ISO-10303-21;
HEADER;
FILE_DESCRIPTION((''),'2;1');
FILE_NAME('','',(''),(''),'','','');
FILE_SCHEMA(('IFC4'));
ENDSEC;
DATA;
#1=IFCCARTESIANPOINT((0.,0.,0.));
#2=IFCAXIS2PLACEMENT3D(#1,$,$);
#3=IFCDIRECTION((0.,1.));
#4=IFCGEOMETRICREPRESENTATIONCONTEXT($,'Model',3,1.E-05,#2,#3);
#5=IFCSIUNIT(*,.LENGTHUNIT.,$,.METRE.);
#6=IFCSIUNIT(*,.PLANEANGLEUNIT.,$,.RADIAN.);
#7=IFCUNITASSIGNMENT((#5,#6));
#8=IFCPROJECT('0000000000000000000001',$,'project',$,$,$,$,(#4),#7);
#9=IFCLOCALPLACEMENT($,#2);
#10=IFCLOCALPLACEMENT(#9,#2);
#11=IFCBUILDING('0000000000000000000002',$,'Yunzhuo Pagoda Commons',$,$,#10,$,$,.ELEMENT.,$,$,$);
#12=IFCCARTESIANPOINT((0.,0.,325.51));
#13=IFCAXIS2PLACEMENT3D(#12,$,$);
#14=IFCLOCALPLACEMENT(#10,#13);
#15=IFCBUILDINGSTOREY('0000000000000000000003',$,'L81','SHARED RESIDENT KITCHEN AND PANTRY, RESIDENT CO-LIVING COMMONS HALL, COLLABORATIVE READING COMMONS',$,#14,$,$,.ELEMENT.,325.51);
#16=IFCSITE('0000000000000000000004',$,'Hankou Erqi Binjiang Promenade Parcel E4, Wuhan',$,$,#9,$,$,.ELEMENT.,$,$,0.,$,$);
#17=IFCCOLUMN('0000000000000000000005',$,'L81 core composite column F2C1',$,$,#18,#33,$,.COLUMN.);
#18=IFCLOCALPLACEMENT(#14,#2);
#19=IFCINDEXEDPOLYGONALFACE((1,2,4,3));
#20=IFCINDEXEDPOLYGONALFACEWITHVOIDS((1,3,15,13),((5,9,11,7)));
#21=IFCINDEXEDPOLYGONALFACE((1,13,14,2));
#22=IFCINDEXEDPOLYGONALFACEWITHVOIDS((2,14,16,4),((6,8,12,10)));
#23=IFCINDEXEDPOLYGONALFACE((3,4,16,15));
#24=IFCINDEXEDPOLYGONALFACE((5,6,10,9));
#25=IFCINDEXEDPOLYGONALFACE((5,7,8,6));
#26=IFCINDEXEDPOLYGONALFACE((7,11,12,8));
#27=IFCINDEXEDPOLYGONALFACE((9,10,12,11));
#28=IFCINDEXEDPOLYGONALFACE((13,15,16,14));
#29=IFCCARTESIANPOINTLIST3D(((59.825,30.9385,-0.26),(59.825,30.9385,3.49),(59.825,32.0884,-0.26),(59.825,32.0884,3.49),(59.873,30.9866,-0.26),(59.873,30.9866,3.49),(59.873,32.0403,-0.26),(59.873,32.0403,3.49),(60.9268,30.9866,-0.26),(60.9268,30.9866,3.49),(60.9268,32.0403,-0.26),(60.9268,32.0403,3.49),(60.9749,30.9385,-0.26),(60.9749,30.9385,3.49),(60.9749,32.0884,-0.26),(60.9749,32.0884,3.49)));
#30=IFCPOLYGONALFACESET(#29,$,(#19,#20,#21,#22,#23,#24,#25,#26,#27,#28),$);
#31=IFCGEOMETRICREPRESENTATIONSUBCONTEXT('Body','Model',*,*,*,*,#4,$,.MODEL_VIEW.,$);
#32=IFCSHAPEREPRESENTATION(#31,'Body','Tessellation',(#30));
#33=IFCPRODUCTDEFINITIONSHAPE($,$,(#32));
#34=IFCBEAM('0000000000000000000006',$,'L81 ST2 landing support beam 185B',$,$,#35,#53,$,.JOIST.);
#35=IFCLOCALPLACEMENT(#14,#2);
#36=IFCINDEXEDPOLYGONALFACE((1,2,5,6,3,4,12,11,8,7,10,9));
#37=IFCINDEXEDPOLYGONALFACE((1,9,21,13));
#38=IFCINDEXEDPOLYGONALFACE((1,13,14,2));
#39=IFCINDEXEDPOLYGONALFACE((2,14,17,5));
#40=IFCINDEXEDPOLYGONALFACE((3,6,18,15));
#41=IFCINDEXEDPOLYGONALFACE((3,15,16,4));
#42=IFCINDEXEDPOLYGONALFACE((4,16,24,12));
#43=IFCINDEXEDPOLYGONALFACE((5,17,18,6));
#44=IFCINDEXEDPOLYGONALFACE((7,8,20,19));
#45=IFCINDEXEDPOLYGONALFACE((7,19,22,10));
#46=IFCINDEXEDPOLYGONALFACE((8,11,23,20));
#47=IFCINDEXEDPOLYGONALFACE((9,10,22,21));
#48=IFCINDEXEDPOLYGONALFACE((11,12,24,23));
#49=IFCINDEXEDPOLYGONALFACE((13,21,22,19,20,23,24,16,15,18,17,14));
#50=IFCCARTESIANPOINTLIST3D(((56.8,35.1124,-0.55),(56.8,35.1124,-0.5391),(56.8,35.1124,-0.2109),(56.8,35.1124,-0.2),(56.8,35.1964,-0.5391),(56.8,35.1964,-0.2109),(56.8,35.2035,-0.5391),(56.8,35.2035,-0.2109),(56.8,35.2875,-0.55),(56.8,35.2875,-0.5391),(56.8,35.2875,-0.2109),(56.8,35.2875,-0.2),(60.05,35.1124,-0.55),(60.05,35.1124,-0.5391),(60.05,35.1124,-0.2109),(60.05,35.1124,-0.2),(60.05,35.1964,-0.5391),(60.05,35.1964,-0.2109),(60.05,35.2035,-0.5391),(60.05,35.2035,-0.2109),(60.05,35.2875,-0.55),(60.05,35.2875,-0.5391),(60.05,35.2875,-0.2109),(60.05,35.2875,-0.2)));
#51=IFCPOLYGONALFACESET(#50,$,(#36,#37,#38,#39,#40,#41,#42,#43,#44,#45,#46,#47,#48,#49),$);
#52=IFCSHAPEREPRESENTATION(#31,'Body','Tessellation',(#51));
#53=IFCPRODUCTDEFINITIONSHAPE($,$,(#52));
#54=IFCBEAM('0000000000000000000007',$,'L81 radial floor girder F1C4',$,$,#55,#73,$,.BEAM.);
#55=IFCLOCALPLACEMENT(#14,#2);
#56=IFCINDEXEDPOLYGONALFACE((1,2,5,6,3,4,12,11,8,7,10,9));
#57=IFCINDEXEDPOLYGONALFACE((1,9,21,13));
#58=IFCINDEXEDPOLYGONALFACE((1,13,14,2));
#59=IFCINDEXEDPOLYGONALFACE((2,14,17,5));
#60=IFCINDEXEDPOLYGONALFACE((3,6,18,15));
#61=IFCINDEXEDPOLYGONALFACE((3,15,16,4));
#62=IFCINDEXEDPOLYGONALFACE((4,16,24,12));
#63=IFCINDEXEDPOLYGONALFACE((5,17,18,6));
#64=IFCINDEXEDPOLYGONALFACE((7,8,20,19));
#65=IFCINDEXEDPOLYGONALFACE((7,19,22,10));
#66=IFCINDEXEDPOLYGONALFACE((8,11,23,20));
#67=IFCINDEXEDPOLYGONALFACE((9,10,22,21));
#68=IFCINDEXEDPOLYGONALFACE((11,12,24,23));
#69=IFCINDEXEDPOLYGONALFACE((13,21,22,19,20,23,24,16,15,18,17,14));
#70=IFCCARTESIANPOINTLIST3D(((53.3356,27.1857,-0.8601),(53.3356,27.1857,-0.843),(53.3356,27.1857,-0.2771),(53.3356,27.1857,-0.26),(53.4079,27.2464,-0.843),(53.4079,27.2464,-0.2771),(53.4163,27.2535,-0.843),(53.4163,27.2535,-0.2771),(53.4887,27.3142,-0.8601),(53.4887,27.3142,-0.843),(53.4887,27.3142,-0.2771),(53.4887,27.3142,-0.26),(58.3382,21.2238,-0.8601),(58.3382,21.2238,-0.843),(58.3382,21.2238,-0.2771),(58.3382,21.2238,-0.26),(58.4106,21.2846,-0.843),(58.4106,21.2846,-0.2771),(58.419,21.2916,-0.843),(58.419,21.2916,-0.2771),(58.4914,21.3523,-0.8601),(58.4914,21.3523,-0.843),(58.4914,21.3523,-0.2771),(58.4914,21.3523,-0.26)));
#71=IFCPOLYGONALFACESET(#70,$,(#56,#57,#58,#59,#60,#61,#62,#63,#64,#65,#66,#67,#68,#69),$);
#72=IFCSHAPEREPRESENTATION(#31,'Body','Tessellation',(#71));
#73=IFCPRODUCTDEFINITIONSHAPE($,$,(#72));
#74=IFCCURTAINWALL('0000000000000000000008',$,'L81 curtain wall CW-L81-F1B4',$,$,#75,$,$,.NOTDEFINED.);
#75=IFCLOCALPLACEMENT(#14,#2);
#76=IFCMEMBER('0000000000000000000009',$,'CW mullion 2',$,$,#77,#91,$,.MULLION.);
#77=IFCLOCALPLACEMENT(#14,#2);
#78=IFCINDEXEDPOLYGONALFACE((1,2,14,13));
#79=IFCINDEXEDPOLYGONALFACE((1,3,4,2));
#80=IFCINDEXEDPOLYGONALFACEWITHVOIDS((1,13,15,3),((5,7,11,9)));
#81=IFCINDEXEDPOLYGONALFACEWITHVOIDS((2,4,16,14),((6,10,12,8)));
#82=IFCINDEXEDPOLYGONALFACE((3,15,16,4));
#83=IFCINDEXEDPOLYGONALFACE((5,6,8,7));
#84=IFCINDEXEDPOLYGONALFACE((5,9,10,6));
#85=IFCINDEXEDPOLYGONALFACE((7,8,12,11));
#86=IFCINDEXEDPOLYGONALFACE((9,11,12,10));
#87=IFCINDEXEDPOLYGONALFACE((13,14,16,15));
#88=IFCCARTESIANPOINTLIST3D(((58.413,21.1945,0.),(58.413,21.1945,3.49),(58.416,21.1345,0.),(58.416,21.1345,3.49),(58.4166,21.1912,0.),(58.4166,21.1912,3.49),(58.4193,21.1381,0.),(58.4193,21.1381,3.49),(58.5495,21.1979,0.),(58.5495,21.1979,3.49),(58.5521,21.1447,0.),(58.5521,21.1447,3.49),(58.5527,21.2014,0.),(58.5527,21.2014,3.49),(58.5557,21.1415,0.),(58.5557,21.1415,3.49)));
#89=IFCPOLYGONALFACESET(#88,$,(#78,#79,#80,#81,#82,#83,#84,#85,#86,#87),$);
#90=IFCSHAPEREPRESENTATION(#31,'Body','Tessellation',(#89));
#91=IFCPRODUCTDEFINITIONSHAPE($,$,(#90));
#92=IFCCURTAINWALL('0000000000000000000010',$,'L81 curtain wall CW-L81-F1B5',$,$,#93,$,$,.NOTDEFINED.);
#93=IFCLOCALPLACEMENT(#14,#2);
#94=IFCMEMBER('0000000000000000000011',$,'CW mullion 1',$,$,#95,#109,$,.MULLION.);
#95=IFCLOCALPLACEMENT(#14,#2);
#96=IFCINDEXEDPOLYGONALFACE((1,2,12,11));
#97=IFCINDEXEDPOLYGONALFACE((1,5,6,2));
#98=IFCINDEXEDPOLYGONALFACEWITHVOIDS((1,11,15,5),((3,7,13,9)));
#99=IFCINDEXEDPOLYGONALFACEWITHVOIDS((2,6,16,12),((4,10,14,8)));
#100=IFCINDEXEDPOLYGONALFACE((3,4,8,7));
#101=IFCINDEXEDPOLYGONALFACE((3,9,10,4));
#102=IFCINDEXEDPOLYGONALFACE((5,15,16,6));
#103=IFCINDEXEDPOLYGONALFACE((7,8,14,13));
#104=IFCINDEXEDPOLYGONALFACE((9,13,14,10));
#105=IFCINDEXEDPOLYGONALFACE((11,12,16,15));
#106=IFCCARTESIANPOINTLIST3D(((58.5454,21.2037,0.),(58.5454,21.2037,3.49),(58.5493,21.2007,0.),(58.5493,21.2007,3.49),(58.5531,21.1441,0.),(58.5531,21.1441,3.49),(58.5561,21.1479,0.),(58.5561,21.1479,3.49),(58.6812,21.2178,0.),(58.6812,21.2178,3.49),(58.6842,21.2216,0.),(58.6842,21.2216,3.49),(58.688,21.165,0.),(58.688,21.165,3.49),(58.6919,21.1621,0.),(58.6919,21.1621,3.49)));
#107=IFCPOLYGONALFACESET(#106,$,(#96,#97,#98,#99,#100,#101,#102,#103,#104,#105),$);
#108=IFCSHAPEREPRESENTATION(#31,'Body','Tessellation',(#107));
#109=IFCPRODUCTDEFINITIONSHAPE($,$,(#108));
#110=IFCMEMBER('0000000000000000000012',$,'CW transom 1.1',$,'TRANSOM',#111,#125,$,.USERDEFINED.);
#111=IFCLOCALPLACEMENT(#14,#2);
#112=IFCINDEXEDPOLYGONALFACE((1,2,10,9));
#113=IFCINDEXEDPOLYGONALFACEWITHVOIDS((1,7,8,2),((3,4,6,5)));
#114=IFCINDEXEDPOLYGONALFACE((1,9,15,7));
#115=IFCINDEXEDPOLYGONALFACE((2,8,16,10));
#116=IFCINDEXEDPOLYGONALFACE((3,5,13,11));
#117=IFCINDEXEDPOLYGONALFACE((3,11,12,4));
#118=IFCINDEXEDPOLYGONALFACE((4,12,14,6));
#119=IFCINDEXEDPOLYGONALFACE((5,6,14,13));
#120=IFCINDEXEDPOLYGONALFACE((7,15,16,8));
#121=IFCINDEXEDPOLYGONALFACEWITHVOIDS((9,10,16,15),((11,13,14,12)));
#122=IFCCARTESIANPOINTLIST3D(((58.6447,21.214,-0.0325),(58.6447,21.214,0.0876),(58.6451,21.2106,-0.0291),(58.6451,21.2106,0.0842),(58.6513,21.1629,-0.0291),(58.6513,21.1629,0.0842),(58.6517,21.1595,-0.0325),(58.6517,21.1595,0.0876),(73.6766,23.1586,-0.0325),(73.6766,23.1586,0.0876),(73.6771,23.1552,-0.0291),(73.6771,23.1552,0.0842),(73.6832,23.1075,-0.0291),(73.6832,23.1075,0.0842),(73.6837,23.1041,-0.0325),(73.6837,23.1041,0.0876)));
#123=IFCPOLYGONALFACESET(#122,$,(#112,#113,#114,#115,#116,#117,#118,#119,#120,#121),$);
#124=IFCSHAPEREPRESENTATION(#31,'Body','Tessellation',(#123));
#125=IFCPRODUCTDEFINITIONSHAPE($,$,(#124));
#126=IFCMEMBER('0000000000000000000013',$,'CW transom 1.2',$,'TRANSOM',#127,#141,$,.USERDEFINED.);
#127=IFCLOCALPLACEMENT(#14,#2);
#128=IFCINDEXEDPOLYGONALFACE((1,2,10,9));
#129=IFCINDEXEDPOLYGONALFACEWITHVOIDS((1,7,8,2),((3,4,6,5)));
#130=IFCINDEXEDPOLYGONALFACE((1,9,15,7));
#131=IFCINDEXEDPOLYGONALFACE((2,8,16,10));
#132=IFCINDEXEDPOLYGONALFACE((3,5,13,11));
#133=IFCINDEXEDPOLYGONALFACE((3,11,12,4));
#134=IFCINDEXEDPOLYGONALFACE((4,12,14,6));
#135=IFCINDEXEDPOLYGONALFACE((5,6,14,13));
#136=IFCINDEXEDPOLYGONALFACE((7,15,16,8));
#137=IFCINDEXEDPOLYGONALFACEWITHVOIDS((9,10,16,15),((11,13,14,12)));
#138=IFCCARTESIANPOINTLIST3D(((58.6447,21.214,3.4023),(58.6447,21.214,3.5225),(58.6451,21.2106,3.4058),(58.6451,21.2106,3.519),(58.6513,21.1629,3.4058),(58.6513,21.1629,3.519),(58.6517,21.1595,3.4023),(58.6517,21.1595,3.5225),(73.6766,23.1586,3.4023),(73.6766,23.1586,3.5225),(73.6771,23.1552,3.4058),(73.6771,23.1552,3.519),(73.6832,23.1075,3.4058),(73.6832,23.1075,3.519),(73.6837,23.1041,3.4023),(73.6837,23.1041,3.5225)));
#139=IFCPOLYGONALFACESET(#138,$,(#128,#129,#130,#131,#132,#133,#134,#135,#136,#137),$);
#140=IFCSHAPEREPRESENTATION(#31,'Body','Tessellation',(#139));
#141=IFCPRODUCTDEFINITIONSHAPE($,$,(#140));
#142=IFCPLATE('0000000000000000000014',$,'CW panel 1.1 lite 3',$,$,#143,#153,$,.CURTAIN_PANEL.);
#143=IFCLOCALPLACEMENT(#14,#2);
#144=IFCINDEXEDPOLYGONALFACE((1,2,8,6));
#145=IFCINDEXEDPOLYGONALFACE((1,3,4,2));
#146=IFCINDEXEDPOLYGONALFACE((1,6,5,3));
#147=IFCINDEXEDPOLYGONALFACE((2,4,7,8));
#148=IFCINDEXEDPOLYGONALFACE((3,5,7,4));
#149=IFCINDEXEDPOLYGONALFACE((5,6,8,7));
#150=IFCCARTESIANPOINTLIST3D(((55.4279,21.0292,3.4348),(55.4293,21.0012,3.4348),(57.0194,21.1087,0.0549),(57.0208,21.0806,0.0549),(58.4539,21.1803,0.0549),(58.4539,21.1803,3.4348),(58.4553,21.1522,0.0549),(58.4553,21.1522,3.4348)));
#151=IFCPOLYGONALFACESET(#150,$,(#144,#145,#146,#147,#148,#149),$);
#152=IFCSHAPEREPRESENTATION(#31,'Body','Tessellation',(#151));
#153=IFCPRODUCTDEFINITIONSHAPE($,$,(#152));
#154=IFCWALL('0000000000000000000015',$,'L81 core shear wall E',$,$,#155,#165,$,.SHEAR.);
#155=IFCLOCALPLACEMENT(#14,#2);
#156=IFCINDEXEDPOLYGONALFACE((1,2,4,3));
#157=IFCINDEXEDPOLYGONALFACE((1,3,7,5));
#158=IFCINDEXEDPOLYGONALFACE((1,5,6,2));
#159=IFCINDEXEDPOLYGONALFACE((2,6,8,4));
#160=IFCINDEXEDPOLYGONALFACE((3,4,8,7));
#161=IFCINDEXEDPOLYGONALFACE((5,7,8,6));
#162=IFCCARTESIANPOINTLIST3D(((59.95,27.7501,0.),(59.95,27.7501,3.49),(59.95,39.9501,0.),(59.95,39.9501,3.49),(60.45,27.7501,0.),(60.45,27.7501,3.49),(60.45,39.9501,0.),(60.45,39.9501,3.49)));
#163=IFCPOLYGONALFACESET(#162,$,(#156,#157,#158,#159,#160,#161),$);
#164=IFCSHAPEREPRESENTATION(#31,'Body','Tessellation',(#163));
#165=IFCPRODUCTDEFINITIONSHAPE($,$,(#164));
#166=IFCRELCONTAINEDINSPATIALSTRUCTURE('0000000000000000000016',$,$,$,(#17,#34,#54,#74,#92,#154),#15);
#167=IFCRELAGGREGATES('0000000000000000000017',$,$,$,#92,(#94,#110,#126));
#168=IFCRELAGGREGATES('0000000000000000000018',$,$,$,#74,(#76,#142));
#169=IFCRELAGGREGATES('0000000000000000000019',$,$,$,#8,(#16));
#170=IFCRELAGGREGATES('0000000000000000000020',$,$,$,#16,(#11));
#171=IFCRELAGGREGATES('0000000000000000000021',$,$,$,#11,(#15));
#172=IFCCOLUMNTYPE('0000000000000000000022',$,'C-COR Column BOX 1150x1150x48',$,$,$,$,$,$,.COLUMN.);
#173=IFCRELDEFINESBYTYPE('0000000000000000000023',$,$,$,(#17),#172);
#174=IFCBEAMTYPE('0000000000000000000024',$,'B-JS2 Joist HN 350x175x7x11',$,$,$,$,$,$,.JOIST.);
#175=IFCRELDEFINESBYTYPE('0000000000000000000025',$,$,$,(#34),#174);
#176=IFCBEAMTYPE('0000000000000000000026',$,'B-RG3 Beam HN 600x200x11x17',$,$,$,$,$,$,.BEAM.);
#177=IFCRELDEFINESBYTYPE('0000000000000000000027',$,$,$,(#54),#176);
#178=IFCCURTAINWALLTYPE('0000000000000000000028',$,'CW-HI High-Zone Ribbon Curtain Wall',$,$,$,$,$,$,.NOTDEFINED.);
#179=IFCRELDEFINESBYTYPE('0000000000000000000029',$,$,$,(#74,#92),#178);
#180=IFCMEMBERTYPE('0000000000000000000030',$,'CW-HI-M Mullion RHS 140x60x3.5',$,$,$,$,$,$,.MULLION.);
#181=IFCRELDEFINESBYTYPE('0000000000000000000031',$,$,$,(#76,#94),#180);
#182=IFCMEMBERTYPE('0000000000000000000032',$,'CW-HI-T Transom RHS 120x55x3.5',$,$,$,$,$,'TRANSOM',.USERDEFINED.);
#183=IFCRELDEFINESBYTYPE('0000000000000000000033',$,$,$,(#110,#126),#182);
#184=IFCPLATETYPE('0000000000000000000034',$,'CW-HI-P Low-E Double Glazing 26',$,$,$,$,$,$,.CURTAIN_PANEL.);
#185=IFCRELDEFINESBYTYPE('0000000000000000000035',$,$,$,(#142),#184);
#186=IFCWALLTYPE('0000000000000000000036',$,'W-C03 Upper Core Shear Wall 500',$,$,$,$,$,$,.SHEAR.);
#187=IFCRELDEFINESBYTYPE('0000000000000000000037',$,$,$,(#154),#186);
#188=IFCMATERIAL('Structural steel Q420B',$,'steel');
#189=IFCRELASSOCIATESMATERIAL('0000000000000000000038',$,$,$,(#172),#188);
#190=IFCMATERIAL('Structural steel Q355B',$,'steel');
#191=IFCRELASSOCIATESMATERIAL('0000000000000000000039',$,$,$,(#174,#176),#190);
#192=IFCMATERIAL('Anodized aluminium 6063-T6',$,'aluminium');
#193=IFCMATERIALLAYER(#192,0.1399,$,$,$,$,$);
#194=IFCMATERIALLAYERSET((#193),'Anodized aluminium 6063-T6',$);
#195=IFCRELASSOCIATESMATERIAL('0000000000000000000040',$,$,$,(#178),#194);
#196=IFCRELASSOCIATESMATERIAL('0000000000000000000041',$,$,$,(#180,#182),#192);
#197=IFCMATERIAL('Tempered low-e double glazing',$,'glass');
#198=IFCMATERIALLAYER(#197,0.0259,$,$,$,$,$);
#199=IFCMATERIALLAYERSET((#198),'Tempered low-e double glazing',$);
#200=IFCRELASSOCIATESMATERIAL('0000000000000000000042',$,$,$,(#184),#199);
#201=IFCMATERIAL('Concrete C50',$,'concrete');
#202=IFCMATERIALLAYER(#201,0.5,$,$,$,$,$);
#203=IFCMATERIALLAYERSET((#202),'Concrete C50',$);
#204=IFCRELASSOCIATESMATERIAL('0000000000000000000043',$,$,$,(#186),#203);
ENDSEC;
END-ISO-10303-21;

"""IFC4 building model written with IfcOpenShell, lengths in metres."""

from ifc_helpers import new_model, si_unit, direction, frame, frame_2d, origin, origin_2d, place, context, subcontext, project, spatial, polyline, rectangle, hollow_rectangle, i_section, outline, extrude, source, transform, mapped, material, layer, layer_set, material_profile, profile_set, type_object, element, aggregate, save


model = new_model("IFC4")

# Units and contexts
model_context = context("Model", 3, precision=1e-05, world=origin(), true_north=direction((0.0, 1.0)))
body_context = subcontext(model_context, "Body", "Model", "MODEL_VIEW")
ifc_project = project(units=[si_unit("LENGTHUNIT", "METRE"), si_unit("PLANEANGLEUNIT", "RADIAN")], contexts=[model_context])

# Site, building, storey
site_placement = place(None, origin())
site = spatial("IfcSite", under=ifc_project, at=site_placement, Name="Hankou Erqi Binjiang Promenade Parcel E4, Wuhan", CompositionType="ELEMENT", RefElevation=0.0)
building_placement = place(site_placement, origin())
building = spatial("IfcBuilding", under=site, at=building_placement, Name="Yunzhuo Pagoda Commons", CompositionType="ELEMENT")
storey_placement = place(building_placement, frame((0.0, 0.0, 325.51)))
storey = spatial("IfcBuildingStorey", under=building, at=storey_placement, Name="L81", Description="SHARED RESIDENT KITCHEN AND PANTRY, RESIDENT CO-LIVING COMMONS HALL, COLLABORATIVE READING COMMONS", CompositionType="ELEMENT", Elevation=325.51)

# Column
ifc_material_1 = material(Name="Structural steel Q420B", Category="steel")
ifc_material_profile_1 = material_profile(ifc_material_1, hollow_rectangle(XDim=1.1499, YDim=1.1499, WallThickness=0.0481, at=origin_2d()), Name="Structural steel Q420B")
ifc_profile_set_1 = profile_set([ifc_material_profile_1], Name="Structural steel Q420B")
column_type = type_object("IfcColumnType", Name="C-COR Column BOX 1150x1150x48", PredefinedType="COLUMN", material=ifc_profile_set_1)
shared_shape_1 = source(origin(), body_context, "Body", "SweptSolid", [
    extrude(hollow_rectangle(XDim=1.1499, YDim=1.1499, WallThickness=0.0481, at=origin_2d()), origin(), (0.0, 0.0, 1.0), 3.75),
])
column_placement = place(storey_placement, frame((60.3999, 31.5134, -0.26), z_axis=(0.0, 0.0, 1.0), x_axis=(1.0, 0.0, 0.0)))
element("IfcColumn", 1, at=column_placement, inside=storey, type_object=column_type, Name="L81 core composite column F2C1", PredefinedType="COLUMN", context=body_context, shape_type="MappedRepresentation", body=[
    mapped(shared_shape_1, transform((0.0, 0.0, 0.0), scale=1.0)),
])

# Beams
ifc_material_2 = material(Name="Structural steel Q355B", Category="steel")
ifc_material_profile_2 = material_profile(ifc_material_2, i_section(OverallWidth=0.175, OverallDepth=0.3501, WebThickness=0.0071, FlangeThickness=0.011, at=origin_2d()), Name="Structural steel Q355B")
ifc_profile_set_2 = profile_set([ifc_material_profile_2], Name="Structural steel Q355B")
beam_type_1 = type_object("IfcBeamType", Name="B-JS2 Joist HN 350x175x7x11", PredefinedType="JOIST", material=ifc_profile_set_2)
shared_shape_2 = source(origin(), body_context, "Body", "SweptSolid", [
    extrude(i_section(OverallWidth=0.175, OverallDepth=0.3501, WebThickness=0.0071, FlangeThickness=0.011, at=origin_2d()), origin(), (0.0, 0.0, 1.0), 3.25),
])
beam_1_placement = place(storey_placement, frame((56.8, 35.2, -0.375), z_axis=(1.0, 0.0, 0.0), x_axis=(0.0, 1.0, 0.0)))
element("IfcBeam", 2, at=beam_1_placement, inside=storey, type_object=beam_type_1, Name="L81 ST2 landing support beam 185B", PredefinedType="JOIST", context=body_context, shape_type="MappedRepresentation", body=[
    mapped(shared_shape_2, transform((0.0, 0.0, 0.0), scale=1.0)),
])
ifc_material_profile_3 = material_profile(ifc_material_2, i_section(OverallWidth=0.2, OverallDepth=0.6001, WebThickness=0.011, FlangeThickness=0.0171, at=origin_2d()), Name="Structural steel Q355B")
ifc_profile_set_3 = profile_set([ifc_material_profile_3], Name="Structural steel Q355B")
beam_type_2 = type_object("IfcBeamType", Name="B-RG3 Beam HN 600x200x11x17", PredefinedType="BEAM", material=ifc_profile_set_3)
shared_shape_3 = source(origin(), body_context, "Body", "SweptSolid", [
    extrude(i_section(OverallWidth=0.2, OverallDepth=0.6001, WebThickness=0.011, FlangeThickness=0.0171, at=origin_2d()), origin(), (0.0, 0.0, 1.0), 7.7827),
])
beam_2_placement = place(storey_placement, frame((58.4148, 21.2881, -0.5601), z_axis=(-0.642791, 0.766042, 0.0), x_axis=(-0.766042, -0.642791, 0.0)))
element("IfcBeam", 3, at=beam_2_placement, inside=storey, type_object=beam_type_2, Name="L81 radial floor girder F1C4", PredefinedType="BEAM", context=body_context, shape_type="MappedRepresentation", body=[
    mapped(shared_shape_3, transform((0.0, 0.0, 0.0), scale=1.0)),
])

# Curtain wall, member
ifc_material_3 = material(Name="Anodized aluminium 6063-T6", Category="aluminium")
ifc_layer_1 = layer(ifc_material_3, 0.1399)
ifc_layer_set_1 = layer_set([ifc_layer_1], Name="Anodized aluminium 6063-T6")
curtain_wall_type = type_object("IfcCurtainWallType", Name="CW-HI High-Zone Ribbon Curtain Wall", PredefinedType="NOTDEFINED", material=ifc_layer_set_1)
curtain_wall_1_placement = place(storey_placement, origin())
curtain_wall_1 = element("IfcCurtainWall", 4, at=curtain_wall_1_placement, inside=storey, type_object=curtain_wall_type, Name="L81 curtain wall CW-L81-F1B4", PredefinedType="NOTDEFINED")
ifc_material_profile_4 = material_profile(ifc_material_3, hollow_rectangle(XDim=0.0601, YDim=0.1399, WallThickness=0.0034, at=origin_2d()), Name="Anodized aluminium 6063-T6")
ifc_profile_set_4 = profile_set([ifc_material_profile_4], Name="Anodized aluminium 6063-T6")
member_type_1 = type_object("IfcMemberType", Name="CW-HI-M Mullion RHS 140x60x3.5", PredefinedType="MULLION", material=ifc_profile_set_4)
shared_shape_4 = source(origin(), body_context, "Body", "SweptSolid", [
    extrude(hollow_rectangle(XDim=0.0601, YDim=0.1399, WallThickness=0.0034, at=origin_2d()), origin(), (0.0, 0.0, 1.0), 3.49),
])
member_1_placement = place(storey_placement, frame((58.4844, 21.168, 0.0), z_axis=(0.0, 0.0, 1.0), x_axis=(-0.04985, 0.998757, 0.0)))
member_1 = element("IfcMember", 5, at=member_1_placement, type_object=member_type_1, Name="CW mullion 2", PredefinedType="MULLION", context=body_context, shape_type="MappedRepresentation", body=[
    mapped(shared_shape_4, transform((0.0, 0.0, 0.0), scale=1.0)),
])

# Curtain wall, members
curtain_wall_2_placement = place(storey_placement, origin())
curtain_wall_2 = element("IfcCurtainWall", 6, at=curtain_wall_2_placement, inside=storey, type_object=curtain_wall_type, Name="L81 curtain wall CW-L81-F1B5", PredefinedType="NOTDEFINED")
member_2_placement = place(storey_placement, frame((58.6187, 21.1829, 0.0), z_axis=(0.0, 0.0, 1.0), x_axis=(-0.128276, 0.991739, 0.0)))
member_2 = element("IfcMember", 7, at=member_2_placement, type_object=member_type_1, Name="CW mullion 1", PredefinedType="MULLION", context=body_context, shape_type="MappedRepresentation", body=[
    mapped(shared_shape_4, transform((0.0, 0.0, 0.0), scale=1.0)),
])
ifc_material_profile_5 = material_profile(ifc_material_3, hollow_rectangle(XDim=0.0549, YDim=0.1201, WallThickness=0.0034, at=origin_2d()), Name="Anodized aluminium 6063-T6")
ifc_profile_set_5 = profile_set([ifc_material_profile_5], Name="Anodized aluminium 6063-T6")
member_type_2 = type_object("IfcMemberType", Name="CW-HI-T Transom RHS 120x55x3.5", ElementType="TRANSOM", PredefinedType="USERDEFINED", material=ifc_profile_set_5)
shared_shape_5 = source(origin(), body_context, "Body", "SweptSolid", [
    extrude(hollow_rectangle(XDim=0.0549, YDim=0.1201, WallThickness=0.0034, at=origin_2d()), origin(), (0.0, 0.0, 1.0), 15.1572),
])
member_3_placement = place(storey_placement, frame((58.6482, 21.1868, 0.0276), z_axis=(0.991736, 0.128294, 0.0), x_axis=(-0.128294, 0.991736, 0.0)))
member_3 = element("IfcMember", 8, at=member_3_placement, type_object=member_type_2, Name="CW transom 1.1", ObjectType="TRANSOM", PredefinedType="USERDEFINED", context=body_context, shape_type="MappedRepresentation", body=[
    mapped(shared_shape_5, transform((0.0, 0.0, 0.0), scale=1.0)),
])
member_4_placement = place(storey_placement, frame((58.6482, 21.1868, 3.4624), z_axis=(0.991736, 0.128294, 0.0), x_axis=(-0.128294, 0.991736, 0.0)))
member_4 = element("IfcMember", 9, at=member_4_placement, type_object=member_type_2, Name="CW transom 1.2", ObjectType="TRANSOM", PredefinedType="USERDEFINED", context=body_context, shape_type="MappedRepresentation", body=[
    mapped(shared_shape_5, transform((0.0, 0.0, 0.0), scale=1.0)),
])
aggregate(curtain_wall_2, [member_2, member_3, member_4])

# Plate
ifc_material_4 = material(Name="Tempered low-e double glazing", Category="glass")
ifc_layer_2 = layer(ifc_material_4, 0.0259)
ifc_layer_set_2 = layer_set([ifc_layer_2], Name="Tempered low-e double glazing")
plate_type = type_object("IfcPlateType", Name="CW-HI-P Low-E Double Glazing 26", PredefinedType="CURTAIN_PANEL", material=ifc_layer_set_2)
plate_placement = place(storey_placement, frame((56.9409, 21.1047, 1.7449), z_axis=(0.04985, -0.998757, 0.0), x_axis=(0.998757, 0.04985, 0.0)))
plate = element("IfcPlate", 10, at=plate_placement, type_object=plate_type, Name="CW panel 1.1 lite 3", PredefinedType="CURTAIN_PANEL", context=body_context, shape_type="SweptSolid", body=[
    extrude(outline(polyline([(-1.5149, 1.6899), (0.0786, -1.6899), (1.5149, -1.6899), (1.5149, 1.6899), (-1.5149, 1.6899)])), origin(), (0.0, 0.0, 1.0), 0.0281),
])
aggregate(curtain_wall_1, [member_1, plate])

# Wall
ifc_material_5 = material(Name="Concrete C50", Category="concrete")
ifc_layer_3 = layer(ifc_material_5, 0.5)
ifc_layer_set_3 = layer_set([ifc_layer_3], Name="Concrete C50")
wall_type_1 = type_object("IfcWallType", Name="W-C03 Upper Core Shear Wall 500", PredefinedType="SHEAR", material=ifc_layer_set_3)
wall_1_placement = place(storey_placement, frame((60.2, 27.75, 0.0), z_axis=(0.0, 0.0, 1.0), x_axis=(0.0, 1.0, 0.0)))
element("IfcWall", 11, at=wall_1_placement, inside=storey, type_object=wall_type_1, Name="L81 core shear wall E", PredefinedType="SHEAR", context=body_context, shape_type="SweptSolid", body=[
    extrude(rectangle(XDim=12.2, YDim=0.5, at=frame_2d((6.1001, 0.0))), origin(), (0.0, 0.0, 1.0), 3.49),
])

save(model, "model.ifc")
